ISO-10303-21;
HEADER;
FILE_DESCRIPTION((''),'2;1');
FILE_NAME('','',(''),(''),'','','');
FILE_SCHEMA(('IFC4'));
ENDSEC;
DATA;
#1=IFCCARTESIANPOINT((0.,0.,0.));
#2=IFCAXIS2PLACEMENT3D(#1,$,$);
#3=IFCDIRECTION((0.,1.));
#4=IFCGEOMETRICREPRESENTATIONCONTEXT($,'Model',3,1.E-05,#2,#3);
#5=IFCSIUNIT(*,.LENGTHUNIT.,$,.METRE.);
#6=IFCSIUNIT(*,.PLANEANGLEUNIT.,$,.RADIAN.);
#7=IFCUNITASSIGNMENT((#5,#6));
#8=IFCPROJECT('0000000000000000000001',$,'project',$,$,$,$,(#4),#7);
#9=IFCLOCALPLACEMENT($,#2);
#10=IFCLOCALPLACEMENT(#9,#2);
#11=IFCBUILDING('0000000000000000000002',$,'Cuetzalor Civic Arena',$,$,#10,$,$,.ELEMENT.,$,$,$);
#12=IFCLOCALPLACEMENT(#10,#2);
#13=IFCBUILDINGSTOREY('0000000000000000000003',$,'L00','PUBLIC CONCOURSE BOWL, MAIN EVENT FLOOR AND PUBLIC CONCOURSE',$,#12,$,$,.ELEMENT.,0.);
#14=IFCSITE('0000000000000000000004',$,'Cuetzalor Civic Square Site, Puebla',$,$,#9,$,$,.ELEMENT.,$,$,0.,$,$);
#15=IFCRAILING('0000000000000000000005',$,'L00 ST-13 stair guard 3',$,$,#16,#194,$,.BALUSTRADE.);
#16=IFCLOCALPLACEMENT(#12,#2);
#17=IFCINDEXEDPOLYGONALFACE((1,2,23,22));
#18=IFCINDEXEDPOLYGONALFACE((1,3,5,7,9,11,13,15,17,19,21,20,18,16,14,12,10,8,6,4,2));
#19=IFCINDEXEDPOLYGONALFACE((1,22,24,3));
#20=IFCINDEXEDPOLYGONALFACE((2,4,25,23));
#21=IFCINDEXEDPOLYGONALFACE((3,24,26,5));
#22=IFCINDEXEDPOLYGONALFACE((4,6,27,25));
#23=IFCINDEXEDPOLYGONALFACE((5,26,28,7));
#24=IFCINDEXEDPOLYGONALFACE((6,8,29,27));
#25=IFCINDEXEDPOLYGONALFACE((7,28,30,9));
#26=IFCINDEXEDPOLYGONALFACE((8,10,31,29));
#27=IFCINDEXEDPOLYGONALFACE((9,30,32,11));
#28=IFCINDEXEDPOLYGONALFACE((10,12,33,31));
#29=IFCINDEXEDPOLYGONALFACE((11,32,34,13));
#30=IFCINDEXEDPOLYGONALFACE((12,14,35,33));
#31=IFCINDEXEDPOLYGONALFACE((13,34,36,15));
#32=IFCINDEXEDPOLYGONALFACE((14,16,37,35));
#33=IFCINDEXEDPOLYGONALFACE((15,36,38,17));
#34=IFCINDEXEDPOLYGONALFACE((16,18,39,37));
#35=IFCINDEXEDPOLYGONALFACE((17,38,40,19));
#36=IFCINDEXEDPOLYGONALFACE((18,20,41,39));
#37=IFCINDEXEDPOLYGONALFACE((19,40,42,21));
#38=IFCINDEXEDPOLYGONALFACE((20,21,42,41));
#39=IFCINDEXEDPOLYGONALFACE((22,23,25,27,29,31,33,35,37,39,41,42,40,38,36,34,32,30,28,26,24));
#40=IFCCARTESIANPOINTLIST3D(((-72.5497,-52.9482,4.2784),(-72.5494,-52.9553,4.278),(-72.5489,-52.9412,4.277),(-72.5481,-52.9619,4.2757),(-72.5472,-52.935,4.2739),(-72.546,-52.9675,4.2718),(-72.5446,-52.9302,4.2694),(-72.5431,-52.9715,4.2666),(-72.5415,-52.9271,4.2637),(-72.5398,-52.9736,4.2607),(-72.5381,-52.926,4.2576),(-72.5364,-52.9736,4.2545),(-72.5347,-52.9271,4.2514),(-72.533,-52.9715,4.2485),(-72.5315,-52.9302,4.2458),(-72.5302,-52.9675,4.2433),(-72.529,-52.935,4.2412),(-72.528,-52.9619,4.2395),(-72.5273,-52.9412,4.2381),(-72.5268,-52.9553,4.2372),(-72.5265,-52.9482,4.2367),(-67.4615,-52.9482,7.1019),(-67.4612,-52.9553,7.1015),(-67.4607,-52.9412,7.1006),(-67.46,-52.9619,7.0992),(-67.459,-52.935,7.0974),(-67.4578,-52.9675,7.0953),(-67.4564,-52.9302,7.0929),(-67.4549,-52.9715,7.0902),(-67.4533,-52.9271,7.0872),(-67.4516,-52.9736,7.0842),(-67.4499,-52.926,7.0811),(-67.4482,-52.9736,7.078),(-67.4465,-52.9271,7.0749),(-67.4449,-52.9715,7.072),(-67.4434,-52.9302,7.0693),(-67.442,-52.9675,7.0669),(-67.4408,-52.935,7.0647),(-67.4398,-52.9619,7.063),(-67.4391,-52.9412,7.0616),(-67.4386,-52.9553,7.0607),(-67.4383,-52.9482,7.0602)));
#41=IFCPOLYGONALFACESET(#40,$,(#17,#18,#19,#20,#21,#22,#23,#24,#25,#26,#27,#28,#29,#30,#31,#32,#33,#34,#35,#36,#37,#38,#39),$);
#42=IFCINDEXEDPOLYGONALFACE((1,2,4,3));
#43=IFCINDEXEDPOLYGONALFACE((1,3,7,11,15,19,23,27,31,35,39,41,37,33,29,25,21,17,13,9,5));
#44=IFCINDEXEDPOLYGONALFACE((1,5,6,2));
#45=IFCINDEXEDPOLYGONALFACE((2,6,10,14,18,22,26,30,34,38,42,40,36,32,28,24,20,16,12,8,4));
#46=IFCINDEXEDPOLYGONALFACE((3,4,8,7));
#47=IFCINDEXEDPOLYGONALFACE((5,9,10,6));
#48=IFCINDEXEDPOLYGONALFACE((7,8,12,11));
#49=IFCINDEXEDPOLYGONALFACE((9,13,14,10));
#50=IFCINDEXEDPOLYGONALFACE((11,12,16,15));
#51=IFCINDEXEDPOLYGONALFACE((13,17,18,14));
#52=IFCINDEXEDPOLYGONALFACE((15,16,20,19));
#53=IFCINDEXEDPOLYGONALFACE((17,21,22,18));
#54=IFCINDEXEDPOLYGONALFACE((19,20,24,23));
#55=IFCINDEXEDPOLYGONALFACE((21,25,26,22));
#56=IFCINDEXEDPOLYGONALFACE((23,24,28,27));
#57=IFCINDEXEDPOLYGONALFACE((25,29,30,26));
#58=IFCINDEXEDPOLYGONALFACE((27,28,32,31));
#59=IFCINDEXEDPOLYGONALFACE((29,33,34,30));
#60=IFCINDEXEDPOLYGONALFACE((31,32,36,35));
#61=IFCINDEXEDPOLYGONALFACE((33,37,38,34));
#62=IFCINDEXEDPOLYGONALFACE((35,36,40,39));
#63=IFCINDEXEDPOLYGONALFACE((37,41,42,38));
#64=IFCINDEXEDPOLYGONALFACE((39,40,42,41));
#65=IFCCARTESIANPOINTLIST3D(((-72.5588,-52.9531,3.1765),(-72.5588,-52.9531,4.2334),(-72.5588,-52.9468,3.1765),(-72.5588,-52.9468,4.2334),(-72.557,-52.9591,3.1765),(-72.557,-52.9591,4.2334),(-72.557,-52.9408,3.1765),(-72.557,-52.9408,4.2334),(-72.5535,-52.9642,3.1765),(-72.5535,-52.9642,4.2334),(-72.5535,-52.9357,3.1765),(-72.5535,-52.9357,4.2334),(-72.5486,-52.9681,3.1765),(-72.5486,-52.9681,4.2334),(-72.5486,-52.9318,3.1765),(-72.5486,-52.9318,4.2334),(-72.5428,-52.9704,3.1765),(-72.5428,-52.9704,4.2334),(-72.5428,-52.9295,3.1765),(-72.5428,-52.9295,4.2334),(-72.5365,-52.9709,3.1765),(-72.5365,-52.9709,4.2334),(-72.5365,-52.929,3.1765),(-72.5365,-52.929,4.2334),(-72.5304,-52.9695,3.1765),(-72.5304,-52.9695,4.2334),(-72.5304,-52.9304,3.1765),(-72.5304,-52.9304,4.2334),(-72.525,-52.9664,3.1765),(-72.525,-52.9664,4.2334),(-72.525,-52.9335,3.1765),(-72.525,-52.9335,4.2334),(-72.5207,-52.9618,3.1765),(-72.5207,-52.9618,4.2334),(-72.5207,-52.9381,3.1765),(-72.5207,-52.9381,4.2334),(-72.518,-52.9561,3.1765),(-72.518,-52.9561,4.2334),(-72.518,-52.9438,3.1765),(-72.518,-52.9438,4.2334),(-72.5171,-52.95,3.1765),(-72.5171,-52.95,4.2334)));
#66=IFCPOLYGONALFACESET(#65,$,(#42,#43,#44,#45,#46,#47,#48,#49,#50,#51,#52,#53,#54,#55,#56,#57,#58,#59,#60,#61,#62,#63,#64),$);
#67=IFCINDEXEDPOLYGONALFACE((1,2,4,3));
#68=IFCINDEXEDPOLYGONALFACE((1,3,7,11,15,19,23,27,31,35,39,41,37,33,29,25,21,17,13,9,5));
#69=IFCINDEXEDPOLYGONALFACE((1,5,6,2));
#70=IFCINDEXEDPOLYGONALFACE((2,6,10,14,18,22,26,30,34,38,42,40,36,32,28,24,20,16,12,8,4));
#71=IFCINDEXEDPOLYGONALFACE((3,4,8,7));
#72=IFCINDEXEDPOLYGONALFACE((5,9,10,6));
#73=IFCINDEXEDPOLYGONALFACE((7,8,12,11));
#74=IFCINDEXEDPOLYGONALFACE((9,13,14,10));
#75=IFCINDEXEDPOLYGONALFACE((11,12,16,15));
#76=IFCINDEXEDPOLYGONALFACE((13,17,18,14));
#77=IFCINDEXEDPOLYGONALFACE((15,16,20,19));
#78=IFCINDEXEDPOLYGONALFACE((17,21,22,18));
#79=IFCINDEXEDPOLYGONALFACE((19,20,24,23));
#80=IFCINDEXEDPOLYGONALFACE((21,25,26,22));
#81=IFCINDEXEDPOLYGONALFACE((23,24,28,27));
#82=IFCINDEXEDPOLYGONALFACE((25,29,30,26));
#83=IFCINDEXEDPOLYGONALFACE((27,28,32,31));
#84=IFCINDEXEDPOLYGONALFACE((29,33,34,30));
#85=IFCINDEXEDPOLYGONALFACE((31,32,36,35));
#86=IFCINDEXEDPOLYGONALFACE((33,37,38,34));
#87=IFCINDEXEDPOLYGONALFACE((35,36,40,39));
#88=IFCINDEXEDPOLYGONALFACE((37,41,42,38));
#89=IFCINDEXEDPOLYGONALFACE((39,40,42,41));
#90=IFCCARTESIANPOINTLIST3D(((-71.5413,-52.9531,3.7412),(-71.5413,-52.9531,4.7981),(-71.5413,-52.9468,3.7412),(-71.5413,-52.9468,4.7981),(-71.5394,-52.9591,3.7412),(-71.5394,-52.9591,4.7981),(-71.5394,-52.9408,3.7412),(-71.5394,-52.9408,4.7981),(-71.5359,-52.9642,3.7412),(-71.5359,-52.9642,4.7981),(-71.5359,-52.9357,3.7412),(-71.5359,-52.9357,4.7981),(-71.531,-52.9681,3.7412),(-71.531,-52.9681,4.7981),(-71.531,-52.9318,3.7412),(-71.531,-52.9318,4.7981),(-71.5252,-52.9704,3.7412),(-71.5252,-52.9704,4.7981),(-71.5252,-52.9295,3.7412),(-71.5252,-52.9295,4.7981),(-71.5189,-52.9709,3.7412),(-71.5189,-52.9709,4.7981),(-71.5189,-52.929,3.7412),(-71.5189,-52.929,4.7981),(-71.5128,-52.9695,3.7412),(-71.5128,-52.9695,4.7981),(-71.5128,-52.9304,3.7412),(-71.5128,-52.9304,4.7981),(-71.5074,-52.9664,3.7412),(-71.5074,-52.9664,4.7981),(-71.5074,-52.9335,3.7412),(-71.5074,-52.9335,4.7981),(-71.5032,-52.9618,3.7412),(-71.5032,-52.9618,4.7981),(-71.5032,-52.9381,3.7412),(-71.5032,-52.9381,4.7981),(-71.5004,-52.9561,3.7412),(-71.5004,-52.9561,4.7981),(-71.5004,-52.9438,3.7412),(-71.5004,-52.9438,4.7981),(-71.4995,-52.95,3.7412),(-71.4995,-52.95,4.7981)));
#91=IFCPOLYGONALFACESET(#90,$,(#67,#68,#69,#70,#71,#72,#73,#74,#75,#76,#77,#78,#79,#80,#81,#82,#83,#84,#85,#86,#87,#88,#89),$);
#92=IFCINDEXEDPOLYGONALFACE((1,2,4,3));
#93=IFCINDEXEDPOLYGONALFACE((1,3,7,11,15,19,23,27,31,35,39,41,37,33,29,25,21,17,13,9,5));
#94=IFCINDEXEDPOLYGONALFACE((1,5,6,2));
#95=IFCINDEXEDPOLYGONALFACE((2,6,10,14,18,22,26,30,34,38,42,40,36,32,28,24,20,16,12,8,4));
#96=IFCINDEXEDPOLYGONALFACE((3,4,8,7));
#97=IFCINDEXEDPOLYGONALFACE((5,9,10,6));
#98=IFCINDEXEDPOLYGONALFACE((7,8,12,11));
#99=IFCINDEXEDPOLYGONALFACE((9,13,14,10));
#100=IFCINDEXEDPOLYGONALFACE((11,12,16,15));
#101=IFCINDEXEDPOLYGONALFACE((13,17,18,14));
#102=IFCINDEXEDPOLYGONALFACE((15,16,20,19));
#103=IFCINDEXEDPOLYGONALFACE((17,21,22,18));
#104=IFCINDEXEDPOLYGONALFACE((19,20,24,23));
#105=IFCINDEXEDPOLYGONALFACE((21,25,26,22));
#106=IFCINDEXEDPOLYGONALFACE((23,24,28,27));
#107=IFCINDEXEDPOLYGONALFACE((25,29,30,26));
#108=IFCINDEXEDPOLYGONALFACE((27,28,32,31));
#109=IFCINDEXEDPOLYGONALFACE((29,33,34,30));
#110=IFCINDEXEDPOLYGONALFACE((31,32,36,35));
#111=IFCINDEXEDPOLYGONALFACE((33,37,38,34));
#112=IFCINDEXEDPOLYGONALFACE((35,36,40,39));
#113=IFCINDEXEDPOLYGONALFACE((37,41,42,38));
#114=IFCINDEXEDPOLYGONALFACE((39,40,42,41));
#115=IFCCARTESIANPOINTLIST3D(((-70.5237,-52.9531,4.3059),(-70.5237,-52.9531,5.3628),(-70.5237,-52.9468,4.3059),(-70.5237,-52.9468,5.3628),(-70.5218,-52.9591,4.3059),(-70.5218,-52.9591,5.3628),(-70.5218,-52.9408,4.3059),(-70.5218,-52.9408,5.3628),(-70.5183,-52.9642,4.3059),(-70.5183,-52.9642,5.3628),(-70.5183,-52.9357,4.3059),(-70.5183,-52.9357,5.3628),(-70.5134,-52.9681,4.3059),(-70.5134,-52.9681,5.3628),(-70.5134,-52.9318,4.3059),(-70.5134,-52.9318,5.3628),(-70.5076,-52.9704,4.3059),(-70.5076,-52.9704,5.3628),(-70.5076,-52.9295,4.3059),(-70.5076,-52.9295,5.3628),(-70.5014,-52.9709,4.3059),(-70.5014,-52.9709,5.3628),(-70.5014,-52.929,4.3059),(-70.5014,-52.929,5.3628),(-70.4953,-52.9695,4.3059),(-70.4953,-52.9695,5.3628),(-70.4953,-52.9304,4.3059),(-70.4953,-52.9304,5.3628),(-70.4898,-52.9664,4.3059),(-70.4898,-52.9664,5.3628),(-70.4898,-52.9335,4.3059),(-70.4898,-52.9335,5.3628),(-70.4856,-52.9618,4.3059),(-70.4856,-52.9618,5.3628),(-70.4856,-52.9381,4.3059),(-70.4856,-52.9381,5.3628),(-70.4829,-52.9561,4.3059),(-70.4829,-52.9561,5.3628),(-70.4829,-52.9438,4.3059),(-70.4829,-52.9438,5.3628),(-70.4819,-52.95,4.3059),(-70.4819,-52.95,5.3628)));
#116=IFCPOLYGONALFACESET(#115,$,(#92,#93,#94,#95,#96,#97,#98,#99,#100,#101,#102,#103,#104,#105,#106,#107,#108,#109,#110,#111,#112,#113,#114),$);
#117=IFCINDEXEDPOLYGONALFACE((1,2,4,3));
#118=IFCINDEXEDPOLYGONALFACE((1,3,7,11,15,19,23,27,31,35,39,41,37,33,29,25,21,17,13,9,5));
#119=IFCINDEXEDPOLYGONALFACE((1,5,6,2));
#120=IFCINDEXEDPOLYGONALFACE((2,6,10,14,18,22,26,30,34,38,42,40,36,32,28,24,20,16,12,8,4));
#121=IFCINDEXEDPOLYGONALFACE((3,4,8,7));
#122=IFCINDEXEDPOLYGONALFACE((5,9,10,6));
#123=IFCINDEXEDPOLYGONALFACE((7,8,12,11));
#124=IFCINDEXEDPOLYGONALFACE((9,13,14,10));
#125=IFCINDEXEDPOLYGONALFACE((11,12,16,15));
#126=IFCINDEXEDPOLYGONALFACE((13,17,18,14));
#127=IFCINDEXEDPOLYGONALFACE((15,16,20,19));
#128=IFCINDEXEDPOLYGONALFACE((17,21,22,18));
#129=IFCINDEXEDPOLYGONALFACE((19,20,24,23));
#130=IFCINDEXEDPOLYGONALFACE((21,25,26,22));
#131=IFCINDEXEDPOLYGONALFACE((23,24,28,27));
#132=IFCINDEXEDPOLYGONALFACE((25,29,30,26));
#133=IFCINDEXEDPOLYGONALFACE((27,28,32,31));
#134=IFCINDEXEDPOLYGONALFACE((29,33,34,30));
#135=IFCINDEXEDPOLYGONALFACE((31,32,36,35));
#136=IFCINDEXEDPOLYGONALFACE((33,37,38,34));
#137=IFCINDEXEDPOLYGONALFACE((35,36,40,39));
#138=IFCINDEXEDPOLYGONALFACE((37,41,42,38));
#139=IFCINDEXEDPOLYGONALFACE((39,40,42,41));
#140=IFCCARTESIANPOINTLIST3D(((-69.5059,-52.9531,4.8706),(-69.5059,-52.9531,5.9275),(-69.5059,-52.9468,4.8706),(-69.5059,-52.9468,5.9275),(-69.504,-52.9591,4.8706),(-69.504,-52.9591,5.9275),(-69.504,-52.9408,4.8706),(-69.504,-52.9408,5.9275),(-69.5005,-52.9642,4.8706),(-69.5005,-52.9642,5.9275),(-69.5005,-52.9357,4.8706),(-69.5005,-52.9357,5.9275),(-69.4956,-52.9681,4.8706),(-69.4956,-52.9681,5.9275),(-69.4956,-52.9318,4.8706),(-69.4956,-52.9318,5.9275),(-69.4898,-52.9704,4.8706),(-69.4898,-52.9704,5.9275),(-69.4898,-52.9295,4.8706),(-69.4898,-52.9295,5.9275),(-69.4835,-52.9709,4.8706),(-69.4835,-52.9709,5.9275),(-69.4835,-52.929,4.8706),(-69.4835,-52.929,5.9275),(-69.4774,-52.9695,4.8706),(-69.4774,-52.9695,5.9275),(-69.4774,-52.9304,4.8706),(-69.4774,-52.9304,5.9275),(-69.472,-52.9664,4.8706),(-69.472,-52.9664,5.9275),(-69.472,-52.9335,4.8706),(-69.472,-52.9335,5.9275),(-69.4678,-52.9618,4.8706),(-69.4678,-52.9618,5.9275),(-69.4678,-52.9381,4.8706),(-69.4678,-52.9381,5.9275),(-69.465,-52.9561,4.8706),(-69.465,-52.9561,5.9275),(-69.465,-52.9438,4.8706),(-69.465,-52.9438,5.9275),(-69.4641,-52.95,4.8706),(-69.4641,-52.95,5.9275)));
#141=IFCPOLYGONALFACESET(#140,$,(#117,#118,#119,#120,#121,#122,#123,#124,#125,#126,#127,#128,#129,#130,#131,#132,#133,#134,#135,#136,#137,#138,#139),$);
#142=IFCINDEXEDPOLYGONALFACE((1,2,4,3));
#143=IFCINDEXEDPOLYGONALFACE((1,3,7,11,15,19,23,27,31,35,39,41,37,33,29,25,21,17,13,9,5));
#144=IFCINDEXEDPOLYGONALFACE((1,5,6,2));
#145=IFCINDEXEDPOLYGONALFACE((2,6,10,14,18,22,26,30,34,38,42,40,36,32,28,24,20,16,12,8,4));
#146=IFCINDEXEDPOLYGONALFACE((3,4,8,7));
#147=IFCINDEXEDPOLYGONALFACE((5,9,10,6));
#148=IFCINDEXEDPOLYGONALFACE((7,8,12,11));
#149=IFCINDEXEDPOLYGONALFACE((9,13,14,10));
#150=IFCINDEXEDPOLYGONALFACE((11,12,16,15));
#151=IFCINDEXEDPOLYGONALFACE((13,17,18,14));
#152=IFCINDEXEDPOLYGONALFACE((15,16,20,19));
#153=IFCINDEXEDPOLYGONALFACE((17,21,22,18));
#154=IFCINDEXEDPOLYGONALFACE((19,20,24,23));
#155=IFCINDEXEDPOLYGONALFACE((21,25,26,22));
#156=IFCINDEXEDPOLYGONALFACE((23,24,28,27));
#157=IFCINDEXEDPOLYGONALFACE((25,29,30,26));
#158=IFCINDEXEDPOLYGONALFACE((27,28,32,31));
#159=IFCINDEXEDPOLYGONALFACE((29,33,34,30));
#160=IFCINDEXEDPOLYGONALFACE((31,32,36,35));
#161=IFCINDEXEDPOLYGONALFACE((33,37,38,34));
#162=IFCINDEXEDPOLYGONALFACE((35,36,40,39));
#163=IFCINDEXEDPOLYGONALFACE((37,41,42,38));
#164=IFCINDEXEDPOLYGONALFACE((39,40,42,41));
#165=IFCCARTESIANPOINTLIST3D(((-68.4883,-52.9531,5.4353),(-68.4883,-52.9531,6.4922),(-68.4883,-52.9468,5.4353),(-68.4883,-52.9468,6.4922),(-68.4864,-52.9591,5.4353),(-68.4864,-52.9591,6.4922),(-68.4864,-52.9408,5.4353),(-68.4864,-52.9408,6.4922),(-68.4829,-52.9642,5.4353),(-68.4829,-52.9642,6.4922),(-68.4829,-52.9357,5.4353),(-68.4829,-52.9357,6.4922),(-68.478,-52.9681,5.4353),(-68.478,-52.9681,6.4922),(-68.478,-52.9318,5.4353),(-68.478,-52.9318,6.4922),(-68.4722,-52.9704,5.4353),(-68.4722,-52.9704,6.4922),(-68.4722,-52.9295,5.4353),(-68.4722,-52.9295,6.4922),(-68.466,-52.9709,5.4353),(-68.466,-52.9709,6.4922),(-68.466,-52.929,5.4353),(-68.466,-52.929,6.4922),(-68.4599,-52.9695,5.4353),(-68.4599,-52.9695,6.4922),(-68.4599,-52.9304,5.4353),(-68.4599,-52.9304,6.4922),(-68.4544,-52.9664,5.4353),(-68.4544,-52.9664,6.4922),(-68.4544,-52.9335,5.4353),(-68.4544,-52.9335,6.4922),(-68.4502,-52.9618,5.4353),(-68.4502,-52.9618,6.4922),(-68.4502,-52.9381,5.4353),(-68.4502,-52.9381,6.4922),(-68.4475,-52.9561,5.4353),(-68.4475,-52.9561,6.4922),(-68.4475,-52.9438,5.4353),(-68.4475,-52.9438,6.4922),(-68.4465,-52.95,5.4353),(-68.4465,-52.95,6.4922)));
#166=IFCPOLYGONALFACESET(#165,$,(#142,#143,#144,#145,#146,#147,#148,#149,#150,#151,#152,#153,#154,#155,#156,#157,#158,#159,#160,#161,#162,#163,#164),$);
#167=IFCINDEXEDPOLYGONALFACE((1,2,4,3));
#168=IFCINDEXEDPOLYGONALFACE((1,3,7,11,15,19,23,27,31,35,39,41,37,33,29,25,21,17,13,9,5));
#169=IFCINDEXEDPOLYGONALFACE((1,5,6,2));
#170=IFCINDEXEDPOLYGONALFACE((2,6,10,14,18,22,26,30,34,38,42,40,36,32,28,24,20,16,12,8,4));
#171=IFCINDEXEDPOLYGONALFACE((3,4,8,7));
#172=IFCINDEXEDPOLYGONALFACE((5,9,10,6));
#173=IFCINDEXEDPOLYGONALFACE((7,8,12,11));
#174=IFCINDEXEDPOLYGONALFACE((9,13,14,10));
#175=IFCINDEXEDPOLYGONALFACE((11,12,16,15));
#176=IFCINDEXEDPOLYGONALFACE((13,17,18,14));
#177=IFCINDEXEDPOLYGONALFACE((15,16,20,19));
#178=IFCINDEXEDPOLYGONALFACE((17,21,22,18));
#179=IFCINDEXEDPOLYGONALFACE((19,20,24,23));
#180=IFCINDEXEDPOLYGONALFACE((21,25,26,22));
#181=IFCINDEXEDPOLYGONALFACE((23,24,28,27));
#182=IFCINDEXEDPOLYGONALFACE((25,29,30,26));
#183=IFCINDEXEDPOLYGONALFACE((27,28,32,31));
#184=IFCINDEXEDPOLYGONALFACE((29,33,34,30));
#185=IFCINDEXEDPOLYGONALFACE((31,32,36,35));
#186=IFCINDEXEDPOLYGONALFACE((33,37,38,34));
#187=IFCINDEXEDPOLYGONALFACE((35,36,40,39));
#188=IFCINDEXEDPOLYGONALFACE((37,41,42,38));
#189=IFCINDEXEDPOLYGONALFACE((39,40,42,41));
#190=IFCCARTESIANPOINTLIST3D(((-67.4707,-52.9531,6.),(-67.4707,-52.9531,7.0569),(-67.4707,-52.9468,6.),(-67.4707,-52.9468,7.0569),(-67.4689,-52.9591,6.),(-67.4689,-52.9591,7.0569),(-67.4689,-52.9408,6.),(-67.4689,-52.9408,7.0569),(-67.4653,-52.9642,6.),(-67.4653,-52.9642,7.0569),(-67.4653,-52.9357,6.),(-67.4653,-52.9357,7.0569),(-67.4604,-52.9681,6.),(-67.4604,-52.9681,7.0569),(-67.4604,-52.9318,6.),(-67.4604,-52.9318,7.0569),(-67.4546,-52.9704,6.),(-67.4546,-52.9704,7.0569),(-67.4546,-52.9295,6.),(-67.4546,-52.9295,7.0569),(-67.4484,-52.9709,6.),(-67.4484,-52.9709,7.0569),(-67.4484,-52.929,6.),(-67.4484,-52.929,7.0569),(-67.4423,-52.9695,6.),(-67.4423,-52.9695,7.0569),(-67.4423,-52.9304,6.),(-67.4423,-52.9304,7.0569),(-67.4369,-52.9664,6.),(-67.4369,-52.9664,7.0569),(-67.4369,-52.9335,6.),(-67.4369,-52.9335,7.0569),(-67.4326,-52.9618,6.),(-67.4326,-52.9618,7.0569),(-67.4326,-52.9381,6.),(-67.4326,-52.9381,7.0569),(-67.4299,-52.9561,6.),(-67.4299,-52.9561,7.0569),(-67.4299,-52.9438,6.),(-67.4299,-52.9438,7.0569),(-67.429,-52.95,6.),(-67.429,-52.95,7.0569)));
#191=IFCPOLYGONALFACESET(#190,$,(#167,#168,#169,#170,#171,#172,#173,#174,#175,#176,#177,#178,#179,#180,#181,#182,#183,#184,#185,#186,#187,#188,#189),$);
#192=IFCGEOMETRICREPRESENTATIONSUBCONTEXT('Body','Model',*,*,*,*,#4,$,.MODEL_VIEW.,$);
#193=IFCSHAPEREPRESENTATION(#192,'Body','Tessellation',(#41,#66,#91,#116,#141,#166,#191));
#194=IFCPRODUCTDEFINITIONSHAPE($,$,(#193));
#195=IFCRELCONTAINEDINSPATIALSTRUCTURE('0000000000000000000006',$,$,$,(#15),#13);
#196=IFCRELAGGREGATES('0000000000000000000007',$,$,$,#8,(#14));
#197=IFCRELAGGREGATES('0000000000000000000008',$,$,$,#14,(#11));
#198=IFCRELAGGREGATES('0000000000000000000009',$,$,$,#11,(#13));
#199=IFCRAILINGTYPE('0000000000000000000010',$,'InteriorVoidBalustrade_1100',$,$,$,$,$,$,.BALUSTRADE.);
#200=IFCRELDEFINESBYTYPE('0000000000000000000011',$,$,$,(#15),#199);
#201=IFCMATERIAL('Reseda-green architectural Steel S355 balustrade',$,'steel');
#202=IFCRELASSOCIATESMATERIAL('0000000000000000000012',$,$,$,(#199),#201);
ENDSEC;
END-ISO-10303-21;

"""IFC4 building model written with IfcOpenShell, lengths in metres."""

from ifc_helpers import new_model, si_unit, direction, frame, origin, origin_2d, place, context, subcontext, project, spatial, circle, extrude, material, type_object, element, save


model = new_model("IFC4")

# Units and contexts
model_context = context("Model", 3, precision=1e-05, world=origin(), true_north=direction((0.0, 1.0)))
body_context = subcontext(model_context, "Body", "Model", "MODEL_VIEW")
ifc_project = project(units=[si_unit("LENGTHUNIT", "METRE"), si_unit("PLANEANGLEUNIT", "RADIAN")], contexts=[model_context])

# Site, building, storey
site_placement = place(None, origin())
site = spatial("IfcSite", under=ifc_project, at=site_placement, Name="Cuetzalor Civic Square Site, Puebla", CompositionType="ELEMENT", RefElevation=0.0)
building_placement = place(site_placement, origin())
building = spatial("IfcBuilding", under=site, at=building_placement, Name="Cuetzalor Civic Arena", CompositionType="ELEMENT")
storey_placement = place(building_placement, origin())
storey = spatial("IfcBuildingStorey", under=building, at=storey_placement, Name="L00", Description="PUBLIC CONCOURSE BOWL, MAIN EVENT FLOOR AND PUBLIC CONCOURSE", CompositionType="ELEMENT", Elevation=0.0)

# Railing
ifc_material_1 = material(Name="Reseda-green architectural Steel S355 balustrade", Category="steel")
railing_type_1 = type_object("IfcRailingType", Name="InteriorVoidBalustrade_1100", PredefinedType="BALUSTRADE", material=ifc_material_1)
railing_1_placement = place(storey_placement, frame((-72.5381, -52.95, 3.1765)))
element("IfcRailing", 1, at=railing_1_placement, inside=storey, type_object=railing_type_1, Name="L00 ST-13 stair guard 3", PredefinedType="BALUSTRADE", context=body_context, shape_type="SweptSolid", body=[
    extrude(circle(Radius=0.0239, at=origin_2d()), frame((0.0, 0.0, 1.0811), z_axis=(0.874395, 0.0, 0.485215), x_axis=(0.0, 1.0, 0.0)), (0.0, 0.0, 1.0), 5.8191),
    extrude(circle(Radius=0.021, at=origin_2d()), origin(), (0.0, 0.0, 1.0), 1.0569),
    extrude(circle(Radius=0.021, at=origin_2d()), frame((1.0176, 0.0, 0.5647)), (0.0, 0.0, 1.0), 1.0569),
    extrude(circle(Radius=0.021, at=origin_2d()), frame((2.0352, 0.0, 1.1294)), (0.0, 0.0, 1.0), 1.0569),
    extrude(circle(Radius=0.021, at=origin_2d()), frame((3.053, 0.0, 1.6941)), (0.0, 0.0, 1.0), 1.0569),
    extrude(circle(Radius=0.021, at=origin_2d()), frame((4.0706, 0.0, 2.2588)), (0.0, 0.0, 1.0), 1.0569),
    extrude(circle(Radius=0.021, at=origin_2d()), frame((5.0881, 0.0, 2.8235)), (0.0, 0.0, 1.0), 1.0569),
])

save(model, "model.ifc")
